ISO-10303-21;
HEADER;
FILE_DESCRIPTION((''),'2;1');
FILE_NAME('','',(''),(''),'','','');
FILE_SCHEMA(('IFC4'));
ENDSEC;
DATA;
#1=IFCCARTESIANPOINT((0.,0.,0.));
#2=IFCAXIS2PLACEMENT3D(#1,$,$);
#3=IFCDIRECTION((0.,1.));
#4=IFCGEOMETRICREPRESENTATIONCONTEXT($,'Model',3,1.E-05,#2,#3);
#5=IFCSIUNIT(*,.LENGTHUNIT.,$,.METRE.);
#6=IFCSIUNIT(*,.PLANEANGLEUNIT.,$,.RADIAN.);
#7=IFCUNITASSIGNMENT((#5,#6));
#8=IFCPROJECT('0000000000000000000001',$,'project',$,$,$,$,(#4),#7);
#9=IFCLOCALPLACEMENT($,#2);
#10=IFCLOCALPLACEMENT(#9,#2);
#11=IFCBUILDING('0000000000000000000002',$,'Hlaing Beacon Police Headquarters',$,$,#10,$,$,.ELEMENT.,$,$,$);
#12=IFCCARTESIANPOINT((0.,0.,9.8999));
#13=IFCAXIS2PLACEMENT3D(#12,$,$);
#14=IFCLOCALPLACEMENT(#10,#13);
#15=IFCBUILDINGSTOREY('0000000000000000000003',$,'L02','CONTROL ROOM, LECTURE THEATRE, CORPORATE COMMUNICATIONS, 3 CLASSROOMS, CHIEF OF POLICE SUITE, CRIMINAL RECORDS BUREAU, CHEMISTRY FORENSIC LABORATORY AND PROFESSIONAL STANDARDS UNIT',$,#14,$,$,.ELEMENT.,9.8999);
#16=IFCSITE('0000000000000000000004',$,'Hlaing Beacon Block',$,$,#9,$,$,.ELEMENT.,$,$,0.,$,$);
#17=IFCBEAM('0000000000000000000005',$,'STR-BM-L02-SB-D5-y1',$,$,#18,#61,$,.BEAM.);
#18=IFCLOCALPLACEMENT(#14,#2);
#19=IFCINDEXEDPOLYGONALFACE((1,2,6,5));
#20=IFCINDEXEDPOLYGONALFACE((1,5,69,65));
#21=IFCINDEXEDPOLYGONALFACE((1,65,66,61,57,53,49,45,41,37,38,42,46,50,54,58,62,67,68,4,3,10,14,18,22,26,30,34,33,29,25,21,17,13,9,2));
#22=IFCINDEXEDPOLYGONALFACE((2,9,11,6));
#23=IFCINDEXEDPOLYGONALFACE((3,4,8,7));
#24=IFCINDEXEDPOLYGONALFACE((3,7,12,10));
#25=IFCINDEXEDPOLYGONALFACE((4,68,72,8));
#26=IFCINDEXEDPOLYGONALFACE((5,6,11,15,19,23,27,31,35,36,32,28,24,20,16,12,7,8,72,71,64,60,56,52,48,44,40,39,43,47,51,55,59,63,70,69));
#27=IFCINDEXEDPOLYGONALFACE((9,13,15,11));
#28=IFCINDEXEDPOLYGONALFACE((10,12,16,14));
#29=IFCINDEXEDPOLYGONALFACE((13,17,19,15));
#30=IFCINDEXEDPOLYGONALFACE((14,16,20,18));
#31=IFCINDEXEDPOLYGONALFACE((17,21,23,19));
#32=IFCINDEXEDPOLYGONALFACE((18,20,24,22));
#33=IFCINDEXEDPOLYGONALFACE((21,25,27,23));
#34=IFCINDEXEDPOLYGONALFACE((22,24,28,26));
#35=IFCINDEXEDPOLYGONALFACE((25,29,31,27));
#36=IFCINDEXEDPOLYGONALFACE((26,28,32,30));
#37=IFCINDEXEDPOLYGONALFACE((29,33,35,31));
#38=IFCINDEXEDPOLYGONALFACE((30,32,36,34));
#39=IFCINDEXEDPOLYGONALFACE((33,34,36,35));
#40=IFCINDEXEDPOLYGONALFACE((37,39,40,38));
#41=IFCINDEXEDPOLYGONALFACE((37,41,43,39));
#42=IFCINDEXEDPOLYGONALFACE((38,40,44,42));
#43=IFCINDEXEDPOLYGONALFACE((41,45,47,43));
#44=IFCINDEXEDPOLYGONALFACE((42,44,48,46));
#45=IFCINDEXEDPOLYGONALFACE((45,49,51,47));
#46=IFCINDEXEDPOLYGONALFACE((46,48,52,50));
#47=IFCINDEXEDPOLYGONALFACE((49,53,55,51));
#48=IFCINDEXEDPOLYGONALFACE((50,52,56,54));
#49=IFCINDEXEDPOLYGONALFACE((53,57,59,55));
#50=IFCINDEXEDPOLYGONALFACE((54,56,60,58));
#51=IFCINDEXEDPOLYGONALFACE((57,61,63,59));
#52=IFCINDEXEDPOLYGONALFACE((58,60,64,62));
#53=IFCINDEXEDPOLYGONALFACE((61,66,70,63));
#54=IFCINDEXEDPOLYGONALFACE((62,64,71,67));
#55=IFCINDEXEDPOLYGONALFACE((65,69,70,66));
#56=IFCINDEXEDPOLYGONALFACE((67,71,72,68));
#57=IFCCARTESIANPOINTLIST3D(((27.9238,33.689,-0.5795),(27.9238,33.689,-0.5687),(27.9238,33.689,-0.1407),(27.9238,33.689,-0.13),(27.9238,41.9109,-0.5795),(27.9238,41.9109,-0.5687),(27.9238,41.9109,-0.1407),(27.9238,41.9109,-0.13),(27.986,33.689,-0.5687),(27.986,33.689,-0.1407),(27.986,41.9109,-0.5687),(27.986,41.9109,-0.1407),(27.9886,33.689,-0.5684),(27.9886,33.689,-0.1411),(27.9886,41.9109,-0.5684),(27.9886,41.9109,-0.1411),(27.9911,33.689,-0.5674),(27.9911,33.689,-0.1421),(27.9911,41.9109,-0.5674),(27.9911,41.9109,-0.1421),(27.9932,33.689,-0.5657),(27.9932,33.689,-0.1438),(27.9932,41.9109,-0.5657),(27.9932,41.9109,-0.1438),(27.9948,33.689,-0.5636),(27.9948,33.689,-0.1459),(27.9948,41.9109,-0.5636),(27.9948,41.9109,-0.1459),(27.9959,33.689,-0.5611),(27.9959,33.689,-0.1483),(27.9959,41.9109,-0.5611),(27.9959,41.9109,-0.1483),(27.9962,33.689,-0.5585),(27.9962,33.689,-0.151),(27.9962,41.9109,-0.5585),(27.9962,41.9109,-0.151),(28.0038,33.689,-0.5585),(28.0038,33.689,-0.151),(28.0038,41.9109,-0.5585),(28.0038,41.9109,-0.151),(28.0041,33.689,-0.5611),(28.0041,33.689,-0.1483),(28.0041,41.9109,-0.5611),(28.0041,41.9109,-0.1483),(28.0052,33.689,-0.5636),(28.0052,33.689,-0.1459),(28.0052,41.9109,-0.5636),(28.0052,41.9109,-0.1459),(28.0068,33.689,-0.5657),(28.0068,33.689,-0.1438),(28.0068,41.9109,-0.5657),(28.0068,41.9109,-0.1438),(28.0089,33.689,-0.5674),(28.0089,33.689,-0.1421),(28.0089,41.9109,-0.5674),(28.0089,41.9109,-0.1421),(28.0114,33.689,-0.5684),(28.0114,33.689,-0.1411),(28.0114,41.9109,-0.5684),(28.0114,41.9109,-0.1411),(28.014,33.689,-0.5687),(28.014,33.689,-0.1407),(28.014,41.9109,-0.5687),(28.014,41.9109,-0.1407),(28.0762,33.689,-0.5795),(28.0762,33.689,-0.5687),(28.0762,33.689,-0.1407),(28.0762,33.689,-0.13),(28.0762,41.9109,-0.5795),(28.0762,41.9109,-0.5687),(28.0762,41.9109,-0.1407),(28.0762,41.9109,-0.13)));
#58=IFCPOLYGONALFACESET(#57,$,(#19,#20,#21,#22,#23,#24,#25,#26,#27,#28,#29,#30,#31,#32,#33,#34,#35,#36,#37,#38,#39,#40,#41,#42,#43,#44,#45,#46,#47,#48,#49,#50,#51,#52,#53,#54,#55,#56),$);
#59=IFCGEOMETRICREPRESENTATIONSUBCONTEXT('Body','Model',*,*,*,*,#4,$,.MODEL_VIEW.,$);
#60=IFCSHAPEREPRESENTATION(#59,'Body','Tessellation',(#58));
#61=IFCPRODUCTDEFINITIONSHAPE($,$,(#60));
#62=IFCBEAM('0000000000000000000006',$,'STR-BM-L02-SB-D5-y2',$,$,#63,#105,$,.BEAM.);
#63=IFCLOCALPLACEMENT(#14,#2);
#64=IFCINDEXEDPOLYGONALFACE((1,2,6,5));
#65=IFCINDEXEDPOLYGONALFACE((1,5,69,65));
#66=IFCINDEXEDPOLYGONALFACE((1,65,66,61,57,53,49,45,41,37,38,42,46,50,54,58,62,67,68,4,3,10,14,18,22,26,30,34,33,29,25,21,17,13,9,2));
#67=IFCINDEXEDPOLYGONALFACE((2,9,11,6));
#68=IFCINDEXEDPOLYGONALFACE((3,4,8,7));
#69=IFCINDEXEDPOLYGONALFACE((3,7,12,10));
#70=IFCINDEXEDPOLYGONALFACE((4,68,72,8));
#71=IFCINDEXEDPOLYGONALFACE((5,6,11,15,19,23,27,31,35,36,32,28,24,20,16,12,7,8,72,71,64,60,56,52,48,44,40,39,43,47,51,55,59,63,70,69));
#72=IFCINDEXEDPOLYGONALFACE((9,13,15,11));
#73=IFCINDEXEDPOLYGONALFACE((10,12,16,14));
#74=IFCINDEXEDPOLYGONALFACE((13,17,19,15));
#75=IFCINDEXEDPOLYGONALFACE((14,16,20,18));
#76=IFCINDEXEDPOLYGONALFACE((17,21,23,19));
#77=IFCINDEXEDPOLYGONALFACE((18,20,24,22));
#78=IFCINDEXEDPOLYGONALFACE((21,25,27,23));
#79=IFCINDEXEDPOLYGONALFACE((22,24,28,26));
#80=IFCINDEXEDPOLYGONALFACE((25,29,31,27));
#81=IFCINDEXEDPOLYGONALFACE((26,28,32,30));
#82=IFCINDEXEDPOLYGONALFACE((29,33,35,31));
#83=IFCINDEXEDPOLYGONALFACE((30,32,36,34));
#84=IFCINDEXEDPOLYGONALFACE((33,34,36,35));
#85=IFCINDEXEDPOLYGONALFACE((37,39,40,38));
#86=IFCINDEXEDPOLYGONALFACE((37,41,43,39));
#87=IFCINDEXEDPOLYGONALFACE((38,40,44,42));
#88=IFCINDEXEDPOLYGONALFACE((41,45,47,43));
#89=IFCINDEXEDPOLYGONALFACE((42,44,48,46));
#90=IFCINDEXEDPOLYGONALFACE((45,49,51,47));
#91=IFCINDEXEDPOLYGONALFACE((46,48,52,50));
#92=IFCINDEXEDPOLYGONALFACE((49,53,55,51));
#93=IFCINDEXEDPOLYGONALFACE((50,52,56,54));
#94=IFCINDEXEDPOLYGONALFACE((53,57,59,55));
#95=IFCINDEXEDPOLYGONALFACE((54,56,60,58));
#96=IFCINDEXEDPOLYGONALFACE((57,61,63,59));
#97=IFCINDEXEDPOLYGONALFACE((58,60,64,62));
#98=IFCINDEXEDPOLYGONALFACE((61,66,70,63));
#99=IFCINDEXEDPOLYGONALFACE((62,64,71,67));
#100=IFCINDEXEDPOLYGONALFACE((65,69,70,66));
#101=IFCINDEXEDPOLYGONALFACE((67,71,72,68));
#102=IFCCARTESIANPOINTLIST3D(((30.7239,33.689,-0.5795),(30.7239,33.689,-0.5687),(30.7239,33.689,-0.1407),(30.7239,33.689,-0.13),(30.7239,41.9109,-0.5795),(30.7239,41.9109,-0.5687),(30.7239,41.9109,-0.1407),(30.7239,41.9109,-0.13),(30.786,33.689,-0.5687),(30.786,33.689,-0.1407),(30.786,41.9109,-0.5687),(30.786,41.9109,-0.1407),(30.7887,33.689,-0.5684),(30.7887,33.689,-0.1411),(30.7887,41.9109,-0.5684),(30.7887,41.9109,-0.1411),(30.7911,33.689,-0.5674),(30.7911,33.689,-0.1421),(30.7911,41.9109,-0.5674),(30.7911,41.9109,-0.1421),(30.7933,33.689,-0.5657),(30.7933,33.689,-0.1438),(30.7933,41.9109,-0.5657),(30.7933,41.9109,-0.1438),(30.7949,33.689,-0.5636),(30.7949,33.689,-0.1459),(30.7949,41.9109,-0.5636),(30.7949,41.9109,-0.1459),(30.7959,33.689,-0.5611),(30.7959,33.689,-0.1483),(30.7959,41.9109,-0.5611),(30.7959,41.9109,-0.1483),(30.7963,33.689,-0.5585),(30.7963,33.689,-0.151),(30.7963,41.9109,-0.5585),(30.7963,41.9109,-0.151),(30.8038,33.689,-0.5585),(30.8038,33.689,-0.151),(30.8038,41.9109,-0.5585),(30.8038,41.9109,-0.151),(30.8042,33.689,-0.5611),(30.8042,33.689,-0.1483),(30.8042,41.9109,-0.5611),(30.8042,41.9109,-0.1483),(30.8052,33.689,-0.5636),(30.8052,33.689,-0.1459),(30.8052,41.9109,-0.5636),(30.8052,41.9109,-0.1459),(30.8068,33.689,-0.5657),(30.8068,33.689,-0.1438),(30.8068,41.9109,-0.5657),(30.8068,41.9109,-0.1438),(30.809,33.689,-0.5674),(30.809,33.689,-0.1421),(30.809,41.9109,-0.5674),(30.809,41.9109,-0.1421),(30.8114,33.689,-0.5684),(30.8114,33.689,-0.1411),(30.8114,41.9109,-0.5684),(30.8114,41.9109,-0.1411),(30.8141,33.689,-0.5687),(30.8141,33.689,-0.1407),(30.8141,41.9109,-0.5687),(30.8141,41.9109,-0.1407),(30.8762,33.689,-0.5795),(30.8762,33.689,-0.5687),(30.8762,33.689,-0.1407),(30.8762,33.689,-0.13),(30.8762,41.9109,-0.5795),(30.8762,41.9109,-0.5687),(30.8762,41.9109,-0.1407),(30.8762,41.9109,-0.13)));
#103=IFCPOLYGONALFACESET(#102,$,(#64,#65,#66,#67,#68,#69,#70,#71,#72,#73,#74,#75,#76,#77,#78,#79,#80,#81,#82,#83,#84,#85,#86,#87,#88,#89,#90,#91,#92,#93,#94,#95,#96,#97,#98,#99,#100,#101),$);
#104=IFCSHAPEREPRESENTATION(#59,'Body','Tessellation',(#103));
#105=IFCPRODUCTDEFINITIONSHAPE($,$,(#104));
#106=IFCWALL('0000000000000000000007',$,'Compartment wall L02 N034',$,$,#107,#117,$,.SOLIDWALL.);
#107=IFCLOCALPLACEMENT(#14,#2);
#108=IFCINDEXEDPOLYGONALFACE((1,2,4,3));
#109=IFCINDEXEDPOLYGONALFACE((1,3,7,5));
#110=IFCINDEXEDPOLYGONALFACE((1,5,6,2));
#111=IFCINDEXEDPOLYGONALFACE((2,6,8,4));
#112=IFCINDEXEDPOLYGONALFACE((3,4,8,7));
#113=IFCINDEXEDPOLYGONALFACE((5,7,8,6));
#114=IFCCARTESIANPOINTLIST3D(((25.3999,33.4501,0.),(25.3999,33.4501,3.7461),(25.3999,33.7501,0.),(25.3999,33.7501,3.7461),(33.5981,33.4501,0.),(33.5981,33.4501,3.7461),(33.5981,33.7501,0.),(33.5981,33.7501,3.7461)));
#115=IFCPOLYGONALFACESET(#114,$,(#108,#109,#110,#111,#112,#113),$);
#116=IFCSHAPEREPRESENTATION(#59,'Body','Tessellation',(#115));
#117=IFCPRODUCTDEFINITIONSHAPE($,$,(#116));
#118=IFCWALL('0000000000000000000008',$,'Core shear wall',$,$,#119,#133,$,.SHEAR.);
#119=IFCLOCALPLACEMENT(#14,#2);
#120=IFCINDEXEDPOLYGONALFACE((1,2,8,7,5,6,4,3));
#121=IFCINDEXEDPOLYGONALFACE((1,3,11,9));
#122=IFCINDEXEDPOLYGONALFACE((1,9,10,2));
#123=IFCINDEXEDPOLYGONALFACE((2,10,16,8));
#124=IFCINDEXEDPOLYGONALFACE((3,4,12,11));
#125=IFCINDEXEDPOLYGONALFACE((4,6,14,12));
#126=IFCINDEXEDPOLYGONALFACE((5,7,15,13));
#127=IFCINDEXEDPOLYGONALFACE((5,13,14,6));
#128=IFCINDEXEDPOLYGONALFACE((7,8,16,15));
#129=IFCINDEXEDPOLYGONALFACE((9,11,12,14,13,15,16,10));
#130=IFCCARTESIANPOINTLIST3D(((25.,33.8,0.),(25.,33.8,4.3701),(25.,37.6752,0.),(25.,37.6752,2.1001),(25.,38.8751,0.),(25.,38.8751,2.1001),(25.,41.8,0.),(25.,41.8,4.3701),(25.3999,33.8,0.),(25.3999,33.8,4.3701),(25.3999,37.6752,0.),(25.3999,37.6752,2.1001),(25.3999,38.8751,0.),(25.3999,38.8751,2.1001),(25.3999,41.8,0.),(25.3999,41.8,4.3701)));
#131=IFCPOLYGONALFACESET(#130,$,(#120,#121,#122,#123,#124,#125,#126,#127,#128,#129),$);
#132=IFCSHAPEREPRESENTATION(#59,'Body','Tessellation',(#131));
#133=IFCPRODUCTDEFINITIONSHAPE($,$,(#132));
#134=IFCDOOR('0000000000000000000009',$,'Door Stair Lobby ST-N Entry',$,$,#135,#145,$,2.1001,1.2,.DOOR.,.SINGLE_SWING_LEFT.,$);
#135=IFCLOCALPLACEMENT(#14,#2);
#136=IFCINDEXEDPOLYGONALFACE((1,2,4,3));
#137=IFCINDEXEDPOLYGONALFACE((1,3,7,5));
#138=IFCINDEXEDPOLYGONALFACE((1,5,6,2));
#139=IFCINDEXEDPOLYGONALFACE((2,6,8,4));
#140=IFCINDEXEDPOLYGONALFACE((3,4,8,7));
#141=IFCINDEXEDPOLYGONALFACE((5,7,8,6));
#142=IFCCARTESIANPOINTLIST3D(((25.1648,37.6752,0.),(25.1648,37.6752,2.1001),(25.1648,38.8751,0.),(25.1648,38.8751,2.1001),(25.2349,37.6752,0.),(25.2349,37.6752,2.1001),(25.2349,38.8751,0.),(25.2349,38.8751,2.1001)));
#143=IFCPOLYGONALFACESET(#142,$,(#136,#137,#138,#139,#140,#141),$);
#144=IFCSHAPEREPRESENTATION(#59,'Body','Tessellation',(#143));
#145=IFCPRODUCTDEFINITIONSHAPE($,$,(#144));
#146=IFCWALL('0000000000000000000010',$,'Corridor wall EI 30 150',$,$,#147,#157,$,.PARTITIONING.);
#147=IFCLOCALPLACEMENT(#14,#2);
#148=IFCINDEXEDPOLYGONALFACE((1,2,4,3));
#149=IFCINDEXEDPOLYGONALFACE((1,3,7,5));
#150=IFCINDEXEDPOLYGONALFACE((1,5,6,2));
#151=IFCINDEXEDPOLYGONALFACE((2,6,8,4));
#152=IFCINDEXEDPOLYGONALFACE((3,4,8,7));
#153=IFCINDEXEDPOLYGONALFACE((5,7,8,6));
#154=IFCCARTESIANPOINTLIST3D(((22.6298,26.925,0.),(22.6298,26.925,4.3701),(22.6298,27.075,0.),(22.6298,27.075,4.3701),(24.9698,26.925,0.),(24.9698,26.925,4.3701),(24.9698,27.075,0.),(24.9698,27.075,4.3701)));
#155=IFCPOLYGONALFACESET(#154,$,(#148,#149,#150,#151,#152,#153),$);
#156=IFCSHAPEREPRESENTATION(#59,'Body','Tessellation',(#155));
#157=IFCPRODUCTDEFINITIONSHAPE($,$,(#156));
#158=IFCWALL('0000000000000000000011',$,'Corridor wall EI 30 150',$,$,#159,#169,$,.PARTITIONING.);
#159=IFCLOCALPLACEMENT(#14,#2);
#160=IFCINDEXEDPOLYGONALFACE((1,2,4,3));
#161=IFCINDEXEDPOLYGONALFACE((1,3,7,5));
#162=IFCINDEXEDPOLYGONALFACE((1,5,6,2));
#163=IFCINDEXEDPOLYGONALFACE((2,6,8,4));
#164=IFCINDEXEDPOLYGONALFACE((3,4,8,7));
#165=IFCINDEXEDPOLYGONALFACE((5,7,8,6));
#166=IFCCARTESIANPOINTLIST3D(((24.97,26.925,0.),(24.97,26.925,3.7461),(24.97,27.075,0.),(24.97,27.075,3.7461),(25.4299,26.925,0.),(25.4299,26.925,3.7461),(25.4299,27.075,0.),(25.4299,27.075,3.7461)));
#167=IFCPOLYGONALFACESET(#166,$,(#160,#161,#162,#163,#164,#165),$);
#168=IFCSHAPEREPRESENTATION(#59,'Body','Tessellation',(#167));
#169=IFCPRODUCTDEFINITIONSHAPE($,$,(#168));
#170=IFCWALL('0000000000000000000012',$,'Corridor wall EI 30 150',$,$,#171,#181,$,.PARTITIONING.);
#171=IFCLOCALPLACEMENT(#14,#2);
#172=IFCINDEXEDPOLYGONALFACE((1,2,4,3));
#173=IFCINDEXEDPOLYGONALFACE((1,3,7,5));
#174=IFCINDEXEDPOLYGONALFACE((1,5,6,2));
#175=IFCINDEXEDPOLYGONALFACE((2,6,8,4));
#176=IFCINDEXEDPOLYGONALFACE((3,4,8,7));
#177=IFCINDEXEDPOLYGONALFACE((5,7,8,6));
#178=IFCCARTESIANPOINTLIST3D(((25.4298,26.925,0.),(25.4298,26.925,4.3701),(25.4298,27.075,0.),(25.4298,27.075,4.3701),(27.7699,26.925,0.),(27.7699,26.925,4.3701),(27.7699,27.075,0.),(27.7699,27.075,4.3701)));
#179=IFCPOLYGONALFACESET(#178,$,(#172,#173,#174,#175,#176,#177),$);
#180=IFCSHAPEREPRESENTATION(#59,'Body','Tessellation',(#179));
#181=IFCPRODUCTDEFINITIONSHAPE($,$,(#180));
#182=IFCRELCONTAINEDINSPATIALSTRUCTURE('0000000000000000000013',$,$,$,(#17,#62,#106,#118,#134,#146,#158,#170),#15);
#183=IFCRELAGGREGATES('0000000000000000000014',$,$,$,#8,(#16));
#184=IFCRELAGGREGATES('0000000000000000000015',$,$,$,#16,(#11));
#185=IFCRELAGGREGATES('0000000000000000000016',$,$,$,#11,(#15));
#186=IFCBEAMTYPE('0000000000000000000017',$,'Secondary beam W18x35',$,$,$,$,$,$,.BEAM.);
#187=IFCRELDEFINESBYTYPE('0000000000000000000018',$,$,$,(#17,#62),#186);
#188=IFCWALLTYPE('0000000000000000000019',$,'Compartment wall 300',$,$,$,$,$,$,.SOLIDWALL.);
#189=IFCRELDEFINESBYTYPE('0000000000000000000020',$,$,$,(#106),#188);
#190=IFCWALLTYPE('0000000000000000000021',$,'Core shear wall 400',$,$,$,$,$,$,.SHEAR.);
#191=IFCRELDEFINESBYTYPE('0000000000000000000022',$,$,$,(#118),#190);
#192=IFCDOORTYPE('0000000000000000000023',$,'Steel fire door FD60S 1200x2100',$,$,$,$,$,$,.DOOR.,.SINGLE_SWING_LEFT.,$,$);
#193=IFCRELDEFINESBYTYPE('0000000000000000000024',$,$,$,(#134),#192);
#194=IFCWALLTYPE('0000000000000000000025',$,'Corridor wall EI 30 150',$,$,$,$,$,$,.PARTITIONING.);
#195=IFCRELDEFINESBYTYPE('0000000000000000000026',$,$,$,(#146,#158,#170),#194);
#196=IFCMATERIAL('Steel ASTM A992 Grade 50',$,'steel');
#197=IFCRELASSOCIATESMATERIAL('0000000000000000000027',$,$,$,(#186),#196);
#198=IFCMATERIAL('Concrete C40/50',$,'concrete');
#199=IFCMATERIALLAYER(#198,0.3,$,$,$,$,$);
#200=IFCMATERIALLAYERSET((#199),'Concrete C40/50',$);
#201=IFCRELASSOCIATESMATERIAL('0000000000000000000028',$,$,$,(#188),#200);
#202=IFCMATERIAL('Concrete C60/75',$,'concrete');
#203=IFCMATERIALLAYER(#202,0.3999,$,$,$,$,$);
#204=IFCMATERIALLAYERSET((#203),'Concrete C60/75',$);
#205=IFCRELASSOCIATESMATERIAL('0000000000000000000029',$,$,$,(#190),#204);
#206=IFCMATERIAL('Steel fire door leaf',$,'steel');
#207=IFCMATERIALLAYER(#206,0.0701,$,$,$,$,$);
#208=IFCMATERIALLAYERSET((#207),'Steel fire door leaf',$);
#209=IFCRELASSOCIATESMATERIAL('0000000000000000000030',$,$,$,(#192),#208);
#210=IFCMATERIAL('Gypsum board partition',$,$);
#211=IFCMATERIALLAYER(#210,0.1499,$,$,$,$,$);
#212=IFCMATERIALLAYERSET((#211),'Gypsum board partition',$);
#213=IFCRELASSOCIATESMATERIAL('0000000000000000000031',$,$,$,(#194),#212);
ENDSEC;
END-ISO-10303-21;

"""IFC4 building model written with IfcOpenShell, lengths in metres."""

from ifc_helpers import new_model, si_unit, direction, frame, frame_2d, origin, origin_2d, place, context, subcontext, project, spatial, rectangle, i_section, extrude, material, layer, layer_set, material_profile, profile_set, type_object, element, fill, save


model = new_model("IFC4")

# Units and contexts
model_context = context("Model", 3, precision=1e-05, world=origin(), true_north=direction((0.0, 1.0)))
body_context = subcontext(model_context, "Body", "Model", "MODEL_VIEW")
ifc_project = project(units=[si_unit("LENGTHUNIT", "METRE"), si_unit("PLANEANGLEUNIT", "RADIAN")], contexts=[model_context])

# Site, building, storey
site_placement = place(None, origin())
site = spatial("IfcSite", under=ifc_project, at=site_placement, Name="Hlaing Beacon Block", CompositionType="ELEMENT", RefElevation=0.0)
building_placement = place(site_placement, origin())
building = spatial("IfcBuilding", under=site, at=building_placement, Name="Hlaing Beacon Police Headquarters", CompositionType="ELEMENT")
storey_placement = place(building_placement, frame((0.0, 0.0, 9.8999)))
storey = spatial("IfcBuildingStorey", under=building, at=storey_placement, Name="L02", Description="CONTROL ROOM, LECTURE THEATRE, CORPORATE COMMUNICATIONS, 3 CLASSROOMS, CHIEF OF POLICE SUITE, CRIMINAL RECORDS BUREAU, CHEMISTRY FORENSIC LABORATORY AND PROFESSIONAL STANDARDS UNIT", CompositionType="ELEMENT", Elevation=9.8999)

# Beams
ifc_material_1 = material(Name="Steel ASTM A992 Grade 50", Category="steel")
ifc_material_profile_1 = material_profile(ifc_material_1, i_section(OverallWidth=0.1523, OverallDepth=0.4495, WebThickness=0.0076, FlangeThickness=0.0107, FilletRadius=0.0103, at=origin_2d()), Name="W18x35")
ifc_profile_set_1 = profile_set([ifc_material_profile_1], Name="Steel ASTM A992 Grade 50")
beam_type_1 = type_object("IfcBeamType", Name="Secondary beam W18x35", PredefinedType="BEAM", material=ifc_profile_set_1)
for number, where, z_axis, x_axis, name in (
    (1, (28.0, 33.689, -0.3547), (0.0, 1.0, 0.0), (-1.0, 0.0, 0.0), "STR-BM-L02-SB-D5-y1"),
    (2, (30.8, 33.689, -0.3547), (0.0, 1.0, 0.0), (-1.0, 0.0, 0.0), "STR-BM-L02-SB-D5-y2"),
):
    element("IfcBeam", number, at=place(storey_placement, frame(where, z_axis=z_axis, x_axis=x_axis)), inside=storey, type_object=beam_type_1, Name=name, PredefinedType="BEAM", context=body_context, shape_type="SweptSolid", body=[
        extrude(i_section(OverallWidth=0.1523, OverallDepth=0.4495, WebThickness=0.0076, FlangeThickness=0.0107, FilletRadius=0.0103, at=origin_2d()), origin(), (0.0, 0.0, 1.0), 8.2219),
    ])

# Wall
ifc_material_2 = material(Name="Concrete C40/50", Category="concrete")
ifc_layer_1 = layer(ifc_material_2, 0.3)
ifc_layer_set_1 = layer_set([ifc_layer_1], Name="Concrete C40/50")
wall_type_1 = type_object("IfcWallType", Name="Compartment wall 300", PredefinedType="SOLIDWALL", material=ifc_layer_set_1)
wall_1_placement = place(storey_placement, frame((33.5981, 33.6001, 0.0), z_axis=(0.0, 0.0, 1.0), x_axis=(-1.0, 0.0, 0.0)))
element("IfcWall", 3, at=wall_1_placement, inside=storey, type_object=wall_type_1, Name="Compartment wall L02 N034", PredefinedType="SOLIDWALL", context=body_context, shape_type="SweptSolid", body=[
    extrude(rectangle(XDim=8.1982, YDim=0.3, at=frame_2d((4.0991, 0.0))), origin(), (0.0, 0.0, 1.0), 3.7461),
])

# Wall, opening, door
ifc_material_3 = material(Name="Concrete C60/75", Category="concrete")
ifc_layer_2 = layer(ifc_material_3, 0.3999)
ifc_layer_set_2 = layer_set([ifc_layer_2], Name="Concrete C60/75")
wall_type_2 = type_object("IfcWallType", Name="Core shear wall 400", PredefinedType="SHEAR", material=ifc_layer_set_2)
wall_2_placement = place(storey_placement, frame((25.2, 33.8, 0.0), z_axis=(0.0, 0.0, 1.0), x_axis=(0.0, 1.0, 0.0)))
wall_2 = element("IfcWall", 4, at=wall_2_placement, inside=storey, type_object=wall_type_2, Name="Core shear wall", PredefinedType="SHEAR", context=body_context, shape_type="SweptSolid", body=[
    extrude(rectangle(XDim=8.0, YDim=0.3999, at=frame_2d((4.0, 0.0))), origin(), (0.0, 0.0, 1.0), 4.3701),
])
opening_1_placement = place(wall_2_placement, frame((3.875, 0.0, 0.0)))
opening_1 = element("IfcOpeningElement", 5, at=opening_1_placement, cuts=wall_2, PredefinedType="OPENING", context=body_context, shape_type="SweptSolid", body=[
    extrude(rectangle(XDim=1.2, YDim=2.1001, at=frame_2d((0.6001, 1.05))), frame((0.0, 0.21, 0.0), z_axis=(0.0, -1.0, 0.0), x_axis=(1.0, 0.0, 0.0)), (0.0, 0.0, 1.0), 0.4199),
])
ifc_material_4 = material(Name="Steel fire door leaf", Category="steel")
ifc_layer_3 = layer(ifc_material_4, 0.0701)
ifc_layer_set_3 = layer_set([ifc_layer_3], Name="Steel fire door leaf")
door_type_1 = type_object("IfcDoorType", Name="Steel fire door FD60S 1200x2100", OperationType="SINGLE_SWING_LEFT", PredefinedType="DOOR", material=ifc_layer_set_3)
door_1_placement = place(opening_1_placement, origin())
door_1 = element("IfcDoor", 6, at=door_1_placement, inside=storey, type_object=door_type_1, Name="Door Stair Lobby ST-N Entry", OperationType="SINGLE_SWING_LEFT", OverallHeight=2.1001, OverallWidth=1.2, PredefinedType="DOOR", context=body_context, shape_type="SweptSolid", body=[
    extrude(rectangle(XDim=1.2, YDim=2.1001, at=frame_2d((0.6001, 1.05))), frame((0.0, 0.0352, 0.0), z_axis=(0.0, -1.0, 0.0), x_axis=(1.0, 0.0, 0.0)), (0.0, 0.0, 1.0), 0.0701),
])
fill(opening_1, door_1)

# Walls
ifc_material_5 = material(Name="Gypsum board partition")
ifc_layer_4 = layer(ifc_material_5, 0.1499)
ifc_layer_set_4 = layer_set([ifc_layer_4], Name="Gypsum board partition")
wall_type_3 = type_object("IfcWallType", Name="Corridor wall EI 30 150", PredefinedType="PARTITIONING", material=ifc_layer_set_4)
wall_3_placement = place(storey_placement, frame((22.6299, 27.0, 0.0), z_axis=(0.0, 0.0, 1.0), x_axis=(1.0, 0.0, 0.0)))
element("IfcWall", 7, at=wall_3_placement, inside=storey, type_object=wall_type_3, Name="Corridor wall EI 30 150", PredefinedType="PARTITIONING", context=body_context, shape_type="SweptSolid", body=[
    extrude(rectangle(XDim=2.3401, YDim=0.1499, at=frame_2d((1.1699, 0.0))), origin(), (0.0, 0.0, 1.0), 4.3701),
])
wall_4_placement = place(storey_placement, frame((24.97, 27.0, 0.0), z_axis=(0.0, 0.0, 1.0), x_axis=(1.0, 0.0, 0.0)))
element("IfcWall", 8, at=wall_4_placement, inside=storey, type_object=wall_type_3, Name="Corridor wall EI 30 150", PredefinedType="PARTITIONING", context=body_context, shape_type="SweptSolid", body=[
    extrude(rectangle(XDim=0.46, YDim=0.1499, at=frame_2d((0.23, 0.0))), origin(), (0.0, 0.0, 1.0), 3.7461),
])
wall_5_placement = place(storey_placement, frame((25.4299, 27.0, 0.0), z_axis=(0.0, 0.0, 1.0), x_axis=(1.0, 0.0, 0.0)))
element("IfcWall", 9, at=wall_5_placement, inside=storey, type_object=wall_type_3, Name="Corridor wall EI 30 150", PredefinedType="PARTITIONING", context=body_context, shape_type="SweptSolid", body=[
    extrude(rectangle(XDim=2.3401, YDim=0.1499, at=frame_2d((1.1699, 0.0))), origin(), (0.0, 0.0, 1.0), 4.3701),
])

save(model, "model.ifc")
